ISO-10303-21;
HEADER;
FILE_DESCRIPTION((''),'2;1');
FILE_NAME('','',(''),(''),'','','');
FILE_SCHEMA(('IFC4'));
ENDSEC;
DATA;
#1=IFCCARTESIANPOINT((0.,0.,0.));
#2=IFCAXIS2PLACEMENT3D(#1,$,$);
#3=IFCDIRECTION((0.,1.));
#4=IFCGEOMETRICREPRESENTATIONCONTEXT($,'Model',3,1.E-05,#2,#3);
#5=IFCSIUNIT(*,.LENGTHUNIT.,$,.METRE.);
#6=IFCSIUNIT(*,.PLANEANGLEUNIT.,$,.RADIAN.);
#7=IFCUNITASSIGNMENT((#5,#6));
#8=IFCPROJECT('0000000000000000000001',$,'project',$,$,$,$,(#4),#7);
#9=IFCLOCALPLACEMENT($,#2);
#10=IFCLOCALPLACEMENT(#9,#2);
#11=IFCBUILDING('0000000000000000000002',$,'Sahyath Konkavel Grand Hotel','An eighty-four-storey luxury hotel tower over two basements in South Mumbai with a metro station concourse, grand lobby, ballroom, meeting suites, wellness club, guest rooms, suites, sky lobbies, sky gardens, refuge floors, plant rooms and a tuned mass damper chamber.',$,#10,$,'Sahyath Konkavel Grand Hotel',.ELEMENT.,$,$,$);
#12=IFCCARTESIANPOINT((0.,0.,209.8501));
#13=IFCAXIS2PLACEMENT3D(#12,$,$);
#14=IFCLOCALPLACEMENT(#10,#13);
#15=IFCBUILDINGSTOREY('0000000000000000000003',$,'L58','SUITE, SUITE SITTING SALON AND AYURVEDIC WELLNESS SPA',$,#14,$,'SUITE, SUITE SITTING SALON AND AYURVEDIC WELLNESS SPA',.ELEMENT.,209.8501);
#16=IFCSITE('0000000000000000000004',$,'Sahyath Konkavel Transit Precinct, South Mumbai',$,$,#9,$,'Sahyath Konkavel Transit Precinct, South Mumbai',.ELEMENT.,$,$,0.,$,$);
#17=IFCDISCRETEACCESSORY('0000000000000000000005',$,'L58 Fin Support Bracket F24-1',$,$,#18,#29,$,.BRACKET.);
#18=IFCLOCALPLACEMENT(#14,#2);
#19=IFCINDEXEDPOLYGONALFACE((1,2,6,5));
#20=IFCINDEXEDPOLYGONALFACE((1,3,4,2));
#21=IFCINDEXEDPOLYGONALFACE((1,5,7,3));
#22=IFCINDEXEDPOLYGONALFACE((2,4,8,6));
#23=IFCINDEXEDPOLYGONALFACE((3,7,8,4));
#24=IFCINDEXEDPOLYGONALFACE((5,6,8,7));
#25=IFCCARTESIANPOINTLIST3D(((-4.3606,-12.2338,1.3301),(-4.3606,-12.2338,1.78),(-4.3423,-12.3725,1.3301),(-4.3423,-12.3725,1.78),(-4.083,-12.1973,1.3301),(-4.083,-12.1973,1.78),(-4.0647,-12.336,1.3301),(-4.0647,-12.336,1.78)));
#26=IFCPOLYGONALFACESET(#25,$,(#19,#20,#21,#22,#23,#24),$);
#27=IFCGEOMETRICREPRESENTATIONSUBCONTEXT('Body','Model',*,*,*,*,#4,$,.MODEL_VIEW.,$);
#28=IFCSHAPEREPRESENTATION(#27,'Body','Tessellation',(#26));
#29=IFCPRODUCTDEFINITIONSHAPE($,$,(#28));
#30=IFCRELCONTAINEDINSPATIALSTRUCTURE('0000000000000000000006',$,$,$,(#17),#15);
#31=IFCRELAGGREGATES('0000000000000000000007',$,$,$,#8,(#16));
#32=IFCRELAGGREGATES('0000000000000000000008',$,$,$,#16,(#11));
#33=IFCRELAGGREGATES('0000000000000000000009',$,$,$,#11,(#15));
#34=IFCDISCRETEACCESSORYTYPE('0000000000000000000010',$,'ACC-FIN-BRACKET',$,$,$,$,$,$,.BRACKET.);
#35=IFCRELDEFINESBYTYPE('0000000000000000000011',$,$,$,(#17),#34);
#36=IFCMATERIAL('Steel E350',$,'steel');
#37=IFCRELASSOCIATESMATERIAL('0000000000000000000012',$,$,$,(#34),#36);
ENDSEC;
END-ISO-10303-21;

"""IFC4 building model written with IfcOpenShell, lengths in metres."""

from ifc_helpers import new_model, si_unit, direction, frame, origin, origin_2d, place, context, subcontext, project, spatial, rectangle, extrude, source, transform, mapped, material, type_object, element, save


model = new_model("IFC4")

# Units and contexts
model_context = context("Model", 3, precision=1e-05, world=origin(), true_north=direction((0.0, 1.0)))
body_context = subcontext(model_context, "Body", "Model", "MODEL_VIEW")
ifc_project = project(units=[si_unit("LENGTHUNIT", "METRE"), si_unit("PLANEANGLEUNIT", "RADIAN")], contexts=[model_context])

# Site, building, storey
site_placement = place(None, origin())
site = spatial("IfcSite", under=ifc_project, at=site_placement, Name="Sahyath Konkavel Transit Precinct, South Mumbai", LongName="Sahyath Konkavel Transit Precinct, South Mumbai", CompositionType="ELEMENT", RefElevation=0.0)
building_placement = place(site_placement, origin())
building = spatial("IfcBuilding", under=site, at=building_placement, Name="Sahyath Konkavel Grand Hotel", Description="An eighty-four-storey luxury hotel tower over two basements in South Mumbai with a metro station concourse, grand lobby, ballroom, meeting suites, wellness club, guest rooms, suites, sky lobbies, sky gardens, refuge floors, plant rooms and a tuned mass damper chamber.", LongName="Sahyath Konkavel Grand Hotel", CompositionType="ELEMENT")
storey_placement = place(building_placement, frame((0.0, 0.0, 209.8501)))
storey = spatial("IfcBuildingStorey", under=building, at=storey_placement, Name="L58", Description="SUITE, SUITE SITTING SALON AND AYURVEDIC WELLNESS SPA", LongName="SUITE, SUITE SITTING SALON AND AYURVEDIC WELLNESS SPA", CompositionType="ELEMENT", Elevation=209.8501)

# Shared definitions
ifc_material_1 = material(Name="Steel E350", Category="steel")

# Discrete accessory
discrete_accessory_type = type_object("IfcDiscreteAccessoryType", Name="ACC-FIN-BRACKET", PredefinedType="BRACKET", material=ifc_material_1)
shared_shape_1 = source(origin(), body_context, "Body", "SweptSolid", [
    extrude(rectangle(XDim=0.28, YDim=0.1399, at=origin_2d()), origin(), (0.0, 0.0, 1.0), 0.45),
])
discrete_accessory_placement = place(storey_placement, frame((-4.2126, -12.2849, 1.3301), z_axis=(0.0, 0.0, 1.0), x_axis=(-0.991445, -0.130526, 0.0)))
element("IfcDiscreteAccessory", 1, at=discrete_accessory_placement, inside=storey, type_object=discrete_accessory_type, Name="L58 Fin Support Bracket F24-1", PredefinedType="BRACKET", context=body_context, shape_type="MappedRepresentation", body=[
    mapped(shared_shape_1, transform((0.0, 0.0, 0.0), scale=1.0)),
])

save(model, "model.ifc")
